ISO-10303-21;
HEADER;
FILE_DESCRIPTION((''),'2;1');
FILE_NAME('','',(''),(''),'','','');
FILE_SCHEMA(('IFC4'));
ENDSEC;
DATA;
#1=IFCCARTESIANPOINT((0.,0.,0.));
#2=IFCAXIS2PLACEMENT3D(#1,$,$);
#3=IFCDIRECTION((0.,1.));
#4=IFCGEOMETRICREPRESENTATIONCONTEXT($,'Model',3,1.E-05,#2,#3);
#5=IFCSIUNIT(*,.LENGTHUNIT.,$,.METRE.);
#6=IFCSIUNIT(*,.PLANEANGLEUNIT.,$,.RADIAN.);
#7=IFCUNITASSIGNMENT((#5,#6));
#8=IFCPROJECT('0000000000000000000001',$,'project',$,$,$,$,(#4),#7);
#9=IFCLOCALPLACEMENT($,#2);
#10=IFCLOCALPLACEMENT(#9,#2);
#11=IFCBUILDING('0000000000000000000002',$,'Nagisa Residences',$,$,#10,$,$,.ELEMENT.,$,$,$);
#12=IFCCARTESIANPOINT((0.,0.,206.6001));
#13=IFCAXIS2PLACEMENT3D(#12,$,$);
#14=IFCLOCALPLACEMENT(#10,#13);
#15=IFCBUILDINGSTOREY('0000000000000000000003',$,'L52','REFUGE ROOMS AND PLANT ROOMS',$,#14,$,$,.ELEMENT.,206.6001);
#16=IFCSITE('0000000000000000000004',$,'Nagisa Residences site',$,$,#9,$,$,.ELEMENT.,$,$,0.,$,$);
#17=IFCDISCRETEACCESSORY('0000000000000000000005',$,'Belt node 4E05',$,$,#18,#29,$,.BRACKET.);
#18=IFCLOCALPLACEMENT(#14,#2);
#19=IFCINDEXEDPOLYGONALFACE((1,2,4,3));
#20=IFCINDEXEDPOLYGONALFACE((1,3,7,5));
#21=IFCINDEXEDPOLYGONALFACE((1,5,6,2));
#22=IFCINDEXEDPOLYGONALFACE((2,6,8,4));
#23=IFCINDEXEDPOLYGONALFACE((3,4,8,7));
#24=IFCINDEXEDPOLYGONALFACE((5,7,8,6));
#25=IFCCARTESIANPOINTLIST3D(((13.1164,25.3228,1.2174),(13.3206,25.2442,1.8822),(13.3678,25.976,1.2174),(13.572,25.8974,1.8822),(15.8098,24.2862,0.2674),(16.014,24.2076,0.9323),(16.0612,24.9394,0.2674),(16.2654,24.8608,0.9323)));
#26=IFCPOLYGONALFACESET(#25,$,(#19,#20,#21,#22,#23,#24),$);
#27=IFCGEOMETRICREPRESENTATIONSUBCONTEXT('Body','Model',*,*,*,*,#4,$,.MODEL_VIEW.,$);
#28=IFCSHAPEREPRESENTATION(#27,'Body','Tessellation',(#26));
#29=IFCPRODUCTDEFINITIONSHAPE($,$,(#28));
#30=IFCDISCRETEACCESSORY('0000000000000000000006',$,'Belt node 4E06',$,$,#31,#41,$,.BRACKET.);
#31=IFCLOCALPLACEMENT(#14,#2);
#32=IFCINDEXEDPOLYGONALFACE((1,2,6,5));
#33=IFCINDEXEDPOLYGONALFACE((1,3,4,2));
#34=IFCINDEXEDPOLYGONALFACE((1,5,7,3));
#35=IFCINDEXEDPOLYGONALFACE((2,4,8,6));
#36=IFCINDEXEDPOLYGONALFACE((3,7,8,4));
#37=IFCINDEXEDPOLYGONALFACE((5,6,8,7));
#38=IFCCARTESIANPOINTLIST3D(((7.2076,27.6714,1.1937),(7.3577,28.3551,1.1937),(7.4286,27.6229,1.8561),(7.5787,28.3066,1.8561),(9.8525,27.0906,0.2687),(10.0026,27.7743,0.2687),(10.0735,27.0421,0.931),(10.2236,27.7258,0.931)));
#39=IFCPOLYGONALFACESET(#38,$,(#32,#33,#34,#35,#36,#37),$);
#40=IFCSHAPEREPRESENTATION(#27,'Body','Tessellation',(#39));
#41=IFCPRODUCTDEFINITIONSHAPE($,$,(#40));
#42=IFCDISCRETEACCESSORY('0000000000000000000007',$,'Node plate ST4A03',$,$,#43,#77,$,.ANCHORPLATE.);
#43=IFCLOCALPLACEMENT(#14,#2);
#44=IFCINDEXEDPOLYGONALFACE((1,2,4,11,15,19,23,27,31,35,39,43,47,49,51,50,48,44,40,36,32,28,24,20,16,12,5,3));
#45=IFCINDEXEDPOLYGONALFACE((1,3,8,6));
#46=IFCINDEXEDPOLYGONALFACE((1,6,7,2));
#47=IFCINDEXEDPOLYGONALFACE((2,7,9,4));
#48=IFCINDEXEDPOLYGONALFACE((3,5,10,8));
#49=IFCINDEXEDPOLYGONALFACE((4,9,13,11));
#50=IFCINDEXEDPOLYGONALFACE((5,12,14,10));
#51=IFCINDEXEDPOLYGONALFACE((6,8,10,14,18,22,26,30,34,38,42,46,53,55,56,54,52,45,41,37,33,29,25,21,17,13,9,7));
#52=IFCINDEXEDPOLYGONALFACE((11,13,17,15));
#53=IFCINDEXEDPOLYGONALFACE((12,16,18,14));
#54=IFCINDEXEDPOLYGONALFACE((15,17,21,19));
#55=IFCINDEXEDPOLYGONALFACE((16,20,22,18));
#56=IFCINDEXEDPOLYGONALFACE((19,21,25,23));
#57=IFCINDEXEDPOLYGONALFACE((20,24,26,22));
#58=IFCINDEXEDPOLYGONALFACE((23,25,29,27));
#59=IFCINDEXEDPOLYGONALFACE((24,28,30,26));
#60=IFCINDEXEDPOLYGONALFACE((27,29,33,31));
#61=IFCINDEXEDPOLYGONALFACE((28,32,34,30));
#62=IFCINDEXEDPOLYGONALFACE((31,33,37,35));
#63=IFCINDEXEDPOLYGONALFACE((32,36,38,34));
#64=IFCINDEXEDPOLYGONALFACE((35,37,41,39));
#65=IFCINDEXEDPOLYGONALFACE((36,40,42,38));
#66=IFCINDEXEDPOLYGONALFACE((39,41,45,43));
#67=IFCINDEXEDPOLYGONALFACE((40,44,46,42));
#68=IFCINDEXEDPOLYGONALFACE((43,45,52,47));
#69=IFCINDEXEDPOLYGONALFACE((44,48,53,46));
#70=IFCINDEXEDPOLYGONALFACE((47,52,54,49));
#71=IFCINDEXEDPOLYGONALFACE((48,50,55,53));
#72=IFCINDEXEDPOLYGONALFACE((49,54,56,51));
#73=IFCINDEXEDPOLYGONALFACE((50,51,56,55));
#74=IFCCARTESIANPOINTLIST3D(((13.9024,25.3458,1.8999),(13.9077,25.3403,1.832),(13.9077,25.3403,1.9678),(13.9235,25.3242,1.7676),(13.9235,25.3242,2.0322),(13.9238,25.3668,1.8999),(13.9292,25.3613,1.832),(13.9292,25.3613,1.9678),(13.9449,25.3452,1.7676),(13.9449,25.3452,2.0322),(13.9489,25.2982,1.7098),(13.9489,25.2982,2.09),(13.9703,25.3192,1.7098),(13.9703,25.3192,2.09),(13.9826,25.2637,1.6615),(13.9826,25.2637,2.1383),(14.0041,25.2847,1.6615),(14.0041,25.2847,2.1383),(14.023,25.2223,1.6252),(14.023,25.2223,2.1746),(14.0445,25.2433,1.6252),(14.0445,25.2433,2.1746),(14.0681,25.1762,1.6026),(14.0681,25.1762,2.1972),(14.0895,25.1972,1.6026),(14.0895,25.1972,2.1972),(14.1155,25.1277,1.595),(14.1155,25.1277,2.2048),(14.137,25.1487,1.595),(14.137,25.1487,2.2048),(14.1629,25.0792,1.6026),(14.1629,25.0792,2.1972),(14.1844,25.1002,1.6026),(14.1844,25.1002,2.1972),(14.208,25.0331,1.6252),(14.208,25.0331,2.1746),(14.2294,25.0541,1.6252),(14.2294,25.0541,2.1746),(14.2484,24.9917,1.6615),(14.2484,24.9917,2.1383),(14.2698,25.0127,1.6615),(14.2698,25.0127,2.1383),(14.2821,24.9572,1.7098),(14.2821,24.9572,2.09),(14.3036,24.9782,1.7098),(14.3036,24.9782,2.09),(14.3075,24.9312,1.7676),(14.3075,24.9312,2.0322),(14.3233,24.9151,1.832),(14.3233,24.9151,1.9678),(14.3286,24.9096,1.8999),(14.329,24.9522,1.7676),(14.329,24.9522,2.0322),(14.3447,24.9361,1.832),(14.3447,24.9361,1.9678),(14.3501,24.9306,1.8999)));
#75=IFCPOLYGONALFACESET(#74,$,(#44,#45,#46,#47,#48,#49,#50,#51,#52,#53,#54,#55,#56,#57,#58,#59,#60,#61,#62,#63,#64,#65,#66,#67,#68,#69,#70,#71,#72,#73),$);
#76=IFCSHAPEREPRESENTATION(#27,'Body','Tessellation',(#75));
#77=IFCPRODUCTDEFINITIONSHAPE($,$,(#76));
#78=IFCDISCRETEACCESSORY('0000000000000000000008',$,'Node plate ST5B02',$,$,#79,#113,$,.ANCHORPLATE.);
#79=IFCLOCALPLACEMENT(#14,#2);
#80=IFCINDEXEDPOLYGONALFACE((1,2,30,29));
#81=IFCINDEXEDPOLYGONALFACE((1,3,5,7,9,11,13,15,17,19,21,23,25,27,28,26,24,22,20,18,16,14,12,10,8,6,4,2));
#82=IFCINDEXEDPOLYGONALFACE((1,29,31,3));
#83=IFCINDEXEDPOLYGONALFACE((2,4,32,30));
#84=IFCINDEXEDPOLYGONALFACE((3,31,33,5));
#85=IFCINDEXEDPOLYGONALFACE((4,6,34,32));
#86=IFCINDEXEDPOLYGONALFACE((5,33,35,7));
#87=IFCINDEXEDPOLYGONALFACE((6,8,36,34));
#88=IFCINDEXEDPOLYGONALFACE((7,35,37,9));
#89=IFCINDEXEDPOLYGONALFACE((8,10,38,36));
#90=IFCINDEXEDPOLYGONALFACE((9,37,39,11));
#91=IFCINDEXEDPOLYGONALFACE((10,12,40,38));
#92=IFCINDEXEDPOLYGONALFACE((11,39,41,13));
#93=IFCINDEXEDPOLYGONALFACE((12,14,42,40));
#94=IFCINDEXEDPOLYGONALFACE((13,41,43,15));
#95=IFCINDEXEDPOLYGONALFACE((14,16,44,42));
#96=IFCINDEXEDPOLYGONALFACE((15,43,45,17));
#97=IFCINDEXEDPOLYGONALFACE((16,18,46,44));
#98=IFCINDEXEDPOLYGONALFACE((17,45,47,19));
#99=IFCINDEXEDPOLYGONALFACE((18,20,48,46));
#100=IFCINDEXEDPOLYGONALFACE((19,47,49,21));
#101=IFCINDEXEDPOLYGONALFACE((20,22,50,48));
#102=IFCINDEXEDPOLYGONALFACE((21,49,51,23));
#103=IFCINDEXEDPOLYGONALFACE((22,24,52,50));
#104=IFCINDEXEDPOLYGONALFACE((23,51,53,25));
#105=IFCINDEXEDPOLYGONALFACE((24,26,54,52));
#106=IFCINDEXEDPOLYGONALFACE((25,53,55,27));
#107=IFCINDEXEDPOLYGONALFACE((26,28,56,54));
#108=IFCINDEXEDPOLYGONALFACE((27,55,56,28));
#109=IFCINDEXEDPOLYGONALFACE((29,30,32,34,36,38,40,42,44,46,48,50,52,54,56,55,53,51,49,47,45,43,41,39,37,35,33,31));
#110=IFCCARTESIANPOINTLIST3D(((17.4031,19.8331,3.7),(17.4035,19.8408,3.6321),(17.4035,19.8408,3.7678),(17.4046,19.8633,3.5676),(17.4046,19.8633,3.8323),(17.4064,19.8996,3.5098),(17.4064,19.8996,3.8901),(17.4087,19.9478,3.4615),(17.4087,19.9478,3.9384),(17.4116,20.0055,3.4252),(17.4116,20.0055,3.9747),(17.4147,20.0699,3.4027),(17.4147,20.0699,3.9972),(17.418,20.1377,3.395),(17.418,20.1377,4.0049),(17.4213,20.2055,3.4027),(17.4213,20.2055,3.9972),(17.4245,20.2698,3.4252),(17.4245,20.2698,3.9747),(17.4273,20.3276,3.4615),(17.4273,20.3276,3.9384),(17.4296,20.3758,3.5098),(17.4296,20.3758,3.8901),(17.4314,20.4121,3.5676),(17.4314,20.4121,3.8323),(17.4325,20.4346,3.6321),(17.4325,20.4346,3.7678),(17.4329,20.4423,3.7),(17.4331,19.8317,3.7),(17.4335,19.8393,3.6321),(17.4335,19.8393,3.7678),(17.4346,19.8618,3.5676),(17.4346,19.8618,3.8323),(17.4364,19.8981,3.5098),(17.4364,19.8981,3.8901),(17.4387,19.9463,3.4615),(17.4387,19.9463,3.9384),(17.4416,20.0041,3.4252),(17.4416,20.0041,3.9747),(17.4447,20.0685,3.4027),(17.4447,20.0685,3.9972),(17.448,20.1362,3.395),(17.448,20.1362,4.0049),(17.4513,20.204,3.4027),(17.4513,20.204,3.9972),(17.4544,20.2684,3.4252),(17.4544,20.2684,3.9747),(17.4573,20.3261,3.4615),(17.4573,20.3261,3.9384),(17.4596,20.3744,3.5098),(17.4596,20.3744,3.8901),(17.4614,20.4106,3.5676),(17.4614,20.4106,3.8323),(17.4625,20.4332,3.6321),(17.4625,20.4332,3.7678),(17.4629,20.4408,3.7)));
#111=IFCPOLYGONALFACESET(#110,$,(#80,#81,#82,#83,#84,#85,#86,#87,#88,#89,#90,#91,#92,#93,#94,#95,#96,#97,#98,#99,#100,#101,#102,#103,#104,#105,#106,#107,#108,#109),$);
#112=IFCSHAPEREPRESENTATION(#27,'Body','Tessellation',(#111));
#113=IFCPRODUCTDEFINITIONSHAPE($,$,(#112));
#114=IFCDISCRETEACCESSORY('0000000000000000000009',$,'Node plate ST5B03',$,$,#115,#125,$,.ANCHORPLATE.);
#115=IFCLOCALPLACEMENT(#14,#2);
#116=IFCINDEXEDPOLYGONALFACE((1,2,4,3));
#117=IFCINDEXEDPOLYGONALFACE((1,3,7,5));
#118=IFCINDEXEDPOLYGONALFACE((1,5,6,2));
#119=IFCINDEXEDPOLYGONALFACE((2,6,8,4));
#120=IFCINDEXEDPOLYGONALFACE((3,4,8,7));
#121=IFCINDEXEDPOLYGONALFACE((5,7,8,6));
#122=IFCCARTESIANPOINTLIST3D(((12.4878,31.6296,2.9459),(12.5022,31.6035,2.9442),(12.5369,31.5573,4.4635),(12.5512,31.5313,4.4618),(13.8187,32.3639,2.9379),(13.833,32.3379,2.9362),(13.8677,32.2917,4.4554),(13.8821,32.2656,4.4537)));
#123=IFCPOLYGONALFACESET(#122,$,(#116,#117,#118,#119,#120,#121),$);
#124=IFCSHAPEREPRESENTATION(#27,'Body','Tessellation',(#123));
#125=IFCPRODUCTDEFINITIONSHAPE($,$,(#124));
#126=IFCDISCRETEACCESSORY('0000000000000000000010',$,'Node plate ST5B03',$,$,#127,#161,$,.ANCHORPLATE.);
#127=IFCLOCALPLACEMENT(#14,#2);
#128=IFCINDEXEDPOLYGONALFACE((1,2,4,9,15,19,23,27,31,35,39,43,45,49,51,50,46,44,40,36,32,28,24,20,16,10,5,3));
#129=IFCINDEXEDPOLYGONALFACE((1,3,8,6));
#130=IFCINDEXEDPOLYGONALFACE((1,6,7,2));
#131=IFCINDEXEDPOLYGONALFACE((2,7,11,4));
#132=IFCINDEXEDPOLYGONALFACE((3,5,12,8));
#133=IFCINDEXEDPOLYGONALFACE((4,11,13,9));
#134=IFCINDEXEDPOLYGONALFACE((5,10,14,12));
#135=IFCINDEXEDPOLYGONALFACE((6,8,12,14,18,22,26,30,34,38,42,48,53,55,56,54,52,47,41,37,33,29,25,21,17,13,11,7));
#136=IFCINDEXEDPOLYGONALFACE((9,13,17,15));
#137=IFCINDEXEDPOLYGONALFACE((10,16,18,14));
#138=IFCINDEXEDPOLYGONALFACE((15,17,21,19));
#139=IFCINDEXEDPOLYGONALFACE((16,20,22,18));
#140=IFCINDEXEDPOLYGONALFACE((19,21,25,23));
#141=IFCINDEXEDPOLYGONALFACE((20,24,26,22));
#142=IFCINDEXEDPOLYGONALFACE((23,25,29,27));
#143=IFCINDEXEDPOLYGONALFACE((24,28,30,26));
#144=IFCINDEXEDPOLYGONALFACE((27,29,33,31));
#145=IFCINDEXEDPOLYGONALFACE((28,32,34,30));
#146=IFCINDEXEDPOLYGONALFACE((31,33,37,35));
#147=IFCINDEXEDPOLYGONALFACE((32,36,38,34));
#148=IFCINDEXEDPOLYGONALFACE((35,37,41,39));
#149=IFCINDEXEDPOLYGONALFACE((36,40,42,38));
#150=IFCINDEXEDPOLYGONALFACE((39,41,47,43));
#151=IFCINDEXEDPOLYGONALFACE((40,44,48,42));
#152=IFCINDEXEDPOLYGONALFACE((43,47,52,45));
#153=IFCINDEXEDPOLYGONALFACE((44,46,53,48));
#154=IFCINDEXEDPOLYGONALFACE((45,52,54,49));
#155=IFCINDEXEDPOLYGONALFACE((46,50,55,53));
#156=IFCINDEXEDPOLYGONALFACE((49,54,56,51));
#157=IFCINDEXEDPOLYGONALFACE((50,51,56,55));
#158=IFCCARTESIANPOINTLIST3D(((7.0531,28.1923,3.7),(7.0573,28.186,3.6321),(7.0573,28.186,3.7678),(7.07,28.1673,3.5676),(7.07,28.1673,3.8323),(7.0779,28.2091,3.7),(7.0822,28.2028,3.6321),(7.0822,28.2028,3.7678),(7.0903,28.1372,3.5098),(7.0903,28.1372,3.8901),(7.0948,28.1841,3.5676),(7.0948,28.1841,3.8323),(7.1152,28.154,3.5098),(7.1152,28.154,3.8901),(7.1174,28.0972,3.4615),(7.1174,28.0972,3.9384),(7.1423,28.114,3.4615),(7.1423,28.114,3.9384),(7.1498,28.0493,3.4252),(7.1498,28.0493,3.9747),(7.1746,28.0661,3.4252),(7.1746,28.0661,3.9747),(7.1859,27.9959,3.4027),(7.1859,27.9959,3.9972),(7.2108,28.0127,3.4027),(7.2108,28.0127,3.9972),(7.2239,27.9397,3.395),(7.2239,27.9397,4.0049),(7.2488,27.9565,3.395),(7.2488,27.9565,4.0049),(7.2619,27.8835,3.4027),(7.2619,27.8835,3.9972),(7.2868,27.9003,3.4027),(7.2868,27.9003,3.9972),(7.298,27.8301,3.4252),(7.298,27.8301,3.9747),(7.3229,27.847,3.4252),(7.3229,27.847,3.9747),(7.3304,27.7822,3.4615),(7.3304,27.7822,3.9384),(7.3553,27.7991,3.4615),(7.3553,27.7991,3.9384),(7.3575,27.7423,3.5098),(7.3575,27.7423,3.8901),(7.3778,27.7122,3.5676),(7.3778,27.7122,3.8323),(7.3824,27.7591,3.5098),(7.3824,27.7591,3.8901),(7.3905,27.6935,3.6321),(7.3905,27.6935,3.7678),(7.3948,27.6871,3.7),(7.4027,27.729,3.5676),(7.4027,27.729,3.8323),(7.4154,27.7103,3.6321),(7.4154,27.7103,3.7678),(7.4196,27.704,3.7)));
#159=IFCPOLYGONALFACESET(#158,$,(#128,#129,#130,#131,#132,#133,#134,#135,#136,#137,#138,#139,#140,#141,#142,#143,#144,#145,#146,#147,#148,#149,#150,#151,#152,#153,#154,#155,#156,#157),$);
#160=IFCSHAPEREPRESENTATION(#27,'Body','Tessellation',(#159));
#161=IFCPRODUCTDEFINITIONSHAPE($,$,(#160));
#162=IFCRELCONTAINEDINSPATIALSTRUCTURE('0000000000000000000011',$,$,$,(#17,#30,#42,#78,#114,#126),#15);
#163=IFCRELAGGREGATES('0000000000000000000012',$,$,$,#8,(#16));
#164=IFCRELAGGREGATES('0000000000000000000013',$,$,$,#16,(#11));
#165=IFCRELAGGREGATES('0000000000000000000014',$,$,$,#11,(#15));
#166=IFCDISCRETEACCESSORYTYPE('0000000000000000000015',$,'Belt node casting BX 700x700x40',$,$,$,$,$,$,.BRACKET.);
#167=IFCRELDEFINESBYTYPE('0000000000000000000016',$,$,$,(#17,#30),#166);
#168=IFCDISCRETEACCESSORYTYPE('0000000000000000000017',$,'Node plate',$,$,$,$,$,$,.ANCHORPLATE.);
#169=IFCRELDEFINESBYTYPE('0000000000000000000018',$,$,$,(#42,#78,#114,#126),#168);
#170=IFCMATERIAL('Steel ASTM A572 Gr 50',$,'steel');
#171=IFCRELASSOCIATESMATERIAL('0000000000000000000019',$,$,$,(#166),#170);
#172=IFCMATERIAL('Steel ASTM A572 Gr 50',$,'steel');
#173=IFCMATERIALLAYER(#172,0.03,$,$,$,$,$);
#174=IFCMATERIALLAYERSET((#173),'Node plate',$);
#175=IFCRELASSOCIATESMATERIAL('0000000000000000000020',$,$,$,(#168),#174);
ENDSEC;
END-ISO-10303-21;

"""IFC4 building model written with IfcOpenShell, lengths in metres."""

from ifc_helpers import new_model, si_unit, direction, frame, origin, origin_2d, place, context, subcontext, project, spatial, rectangle, circle, extrude, material, layer, layer_set, type_object, element, save


model = new_model("IFC4")

# Units and contexts
model_context = context("Model", 3, precision=1e-05, world=origin(), true_north=direction((0.0, 1.0)))
body_context = subcontext(model_context, "Body", "Model", "MODEL_VIEW")
ifc_project = project(units=[si_unit("LENGTHUNIT", "METRE"), si_unit("PLANEANGLEUNIT", "RADIAN")], contexts=[model_context])

# Site, building, storey
site_placement = place(None, origin())
site = spatial("IfcSite", under=ifc_project, at=site_placement, Name="Nagisa Residences site", CompositionType="ELEMENT", RefElevation=0.0)
building_placement = place(site_placement, origin())
building = spatial("IfcBuilding", under=site, at=building_placement, Name="Nagisa Residences", CompositionType="ELEMENT")
storey_placement = place(building_placement, frame((0.0, 0.0, 206.6001)))
storey = spatial("IfcBuildingStorey", under=building, at=storey_placement, Name="L52", Description="REFUGE ROOMS AND PLANT ROOMS", CompositionType="ELEMENT", Elevation=206.6001)

# Discrete accessories
ifc_material_1 = material(Name="Steel ASTM A572 Gr 50", Category="steel")
discrete_accessory_type_1 = type_object("IfcDiscreteAccessoryType", Name="Belt node casting BX 700x700x40", PredefinedType="BRACKET", material=ifc_material_1)
discrete_accessory_1_placement = place(storey_placement, frame((16.0376, 24.5735, 0.5999), z_axis=(-0.886474, 0.341186, 0.31266), x_axis=(-0.359194, -0.933263, 0.0)))
element("IfcDiscreteAccessory", 1, at=discrete_accessory_1_placement, inside=storey, type_object=discrete_accessory_type_1, Name="Belt node 4E05", PredefinedType="BRACKET", context=body_context, shape_type="SweptSolid", body=[
    extrude(rectangle(XDim=0.7, YDim=0.7, at=origin_2d()), origin(), (0.0, 0.0, 1.0), 3.0383),
])
discrete_accessory_2_placement = place(storey_placement, frame((10.0381, 27.4082, 0.5999), z_axis=(-0.924291, 0.202962, 0.323254), x_axis=(-0.214477, -0.976729, 0.0)))
element("IfcDiscreteAccessory", 2, at=discrete_accessory_2_placement, inside=storey, type_object=discrete_accessory_type_1, Name="Belt node 4E06", PredefinedType="BRACKET", context=body_context, shape_type="SweptSolid", body=[
    extrude(rectangle(XDim=0.7, YDim=0.7, at=origin_2d()), origin(), (0.0, 0.0, 1.0), 2.8616),
])
ifc_material_2 = material(Name="Steel ASTM A572 Gr 50", Category="steel")
ifc_layer = layer(ifc_material_2, 0.03)
ifc_layer_set = layer_set([ifc_layer], Name="Node plate")
discrete_accessory_type_2 = type_object("IfcDiscreteAccessoryType", Name="Node plate", PredefinedType="ANCHORPLATE", material=ifc_layer_set)
for number, where, z_axis, x_axis, name in (
    (3, (14.137, 25.1487, 1.8999), (-0.715187, -0.698933, 0.0), (0.698933, -0.715187, 0.0), "Node plate ST4A03"),
    (4, (17.448, 20.1362, 3.7), (-0.998812, 0.048723, 0.0), (-0.048723, -0.998812, 0.0), "Node plate ST5B02"),
):
    element("IfcDiscreteAccessory", number, at=place(storey_placement, frame(where, z_axis=z_axis, x_axis=x_axis)), inside=storey, type_object=discrete_accessory_type_2, Name=name, PredefinedType="ANCHORPLATE", context=body_context, shape_type="SweptSolid", body=[
        extrude(circle(Radius=0.3049, at=origin_2d()), origin(), (0.0, 0.0, 1.0), 0.03),
    ])
discrete_accessory_3_placement = place(storey_placement, frame((13.1921, 31.9346, 3.699), z_axis=(-0.482071, 0.874264, 0.057195), x_axis=(-0.875538, -0.48312, 0.005294)))
element("IfcDiscreteAccessory", 5, at=discrete_accessory_3_placement, inside=storey, type_object=discrete_accessory_type_2, Name="Node plate ST5B03", PredefinedType="ANCHORPLATE", context=body_context, shape_type="SweptSolid", body=[
    extrude(rectangle(XDim=1.52, YDim=1.52, at=origin_2d()), origin(), (0.0, 0.0, 1.0), 0.0298),
])
discrete_accessory_4_placement = place(storey_placement, frame((7.2488, 27.9565, 3.7), z_axis=(-0.828283, -0.560309, 0.0), x_axis=(0.560309, -0.828283, 0.0)))
element("IfcDiscreteAccessory", 6, at=discrete_accessory_4_placement, inside=storey, type_object=discrete_accessory_type_2, Name="Node plate ST5B03", PredefinedType="ANCHORPLATE", context=body_context, shape_type="SweptSolid", body=[
    extrude(circle(Radius=0.3049, at=origin_2d()), origin(), (0.0, 0.0, 1.0), 0.03),
])

save(model, "model.ifc")
